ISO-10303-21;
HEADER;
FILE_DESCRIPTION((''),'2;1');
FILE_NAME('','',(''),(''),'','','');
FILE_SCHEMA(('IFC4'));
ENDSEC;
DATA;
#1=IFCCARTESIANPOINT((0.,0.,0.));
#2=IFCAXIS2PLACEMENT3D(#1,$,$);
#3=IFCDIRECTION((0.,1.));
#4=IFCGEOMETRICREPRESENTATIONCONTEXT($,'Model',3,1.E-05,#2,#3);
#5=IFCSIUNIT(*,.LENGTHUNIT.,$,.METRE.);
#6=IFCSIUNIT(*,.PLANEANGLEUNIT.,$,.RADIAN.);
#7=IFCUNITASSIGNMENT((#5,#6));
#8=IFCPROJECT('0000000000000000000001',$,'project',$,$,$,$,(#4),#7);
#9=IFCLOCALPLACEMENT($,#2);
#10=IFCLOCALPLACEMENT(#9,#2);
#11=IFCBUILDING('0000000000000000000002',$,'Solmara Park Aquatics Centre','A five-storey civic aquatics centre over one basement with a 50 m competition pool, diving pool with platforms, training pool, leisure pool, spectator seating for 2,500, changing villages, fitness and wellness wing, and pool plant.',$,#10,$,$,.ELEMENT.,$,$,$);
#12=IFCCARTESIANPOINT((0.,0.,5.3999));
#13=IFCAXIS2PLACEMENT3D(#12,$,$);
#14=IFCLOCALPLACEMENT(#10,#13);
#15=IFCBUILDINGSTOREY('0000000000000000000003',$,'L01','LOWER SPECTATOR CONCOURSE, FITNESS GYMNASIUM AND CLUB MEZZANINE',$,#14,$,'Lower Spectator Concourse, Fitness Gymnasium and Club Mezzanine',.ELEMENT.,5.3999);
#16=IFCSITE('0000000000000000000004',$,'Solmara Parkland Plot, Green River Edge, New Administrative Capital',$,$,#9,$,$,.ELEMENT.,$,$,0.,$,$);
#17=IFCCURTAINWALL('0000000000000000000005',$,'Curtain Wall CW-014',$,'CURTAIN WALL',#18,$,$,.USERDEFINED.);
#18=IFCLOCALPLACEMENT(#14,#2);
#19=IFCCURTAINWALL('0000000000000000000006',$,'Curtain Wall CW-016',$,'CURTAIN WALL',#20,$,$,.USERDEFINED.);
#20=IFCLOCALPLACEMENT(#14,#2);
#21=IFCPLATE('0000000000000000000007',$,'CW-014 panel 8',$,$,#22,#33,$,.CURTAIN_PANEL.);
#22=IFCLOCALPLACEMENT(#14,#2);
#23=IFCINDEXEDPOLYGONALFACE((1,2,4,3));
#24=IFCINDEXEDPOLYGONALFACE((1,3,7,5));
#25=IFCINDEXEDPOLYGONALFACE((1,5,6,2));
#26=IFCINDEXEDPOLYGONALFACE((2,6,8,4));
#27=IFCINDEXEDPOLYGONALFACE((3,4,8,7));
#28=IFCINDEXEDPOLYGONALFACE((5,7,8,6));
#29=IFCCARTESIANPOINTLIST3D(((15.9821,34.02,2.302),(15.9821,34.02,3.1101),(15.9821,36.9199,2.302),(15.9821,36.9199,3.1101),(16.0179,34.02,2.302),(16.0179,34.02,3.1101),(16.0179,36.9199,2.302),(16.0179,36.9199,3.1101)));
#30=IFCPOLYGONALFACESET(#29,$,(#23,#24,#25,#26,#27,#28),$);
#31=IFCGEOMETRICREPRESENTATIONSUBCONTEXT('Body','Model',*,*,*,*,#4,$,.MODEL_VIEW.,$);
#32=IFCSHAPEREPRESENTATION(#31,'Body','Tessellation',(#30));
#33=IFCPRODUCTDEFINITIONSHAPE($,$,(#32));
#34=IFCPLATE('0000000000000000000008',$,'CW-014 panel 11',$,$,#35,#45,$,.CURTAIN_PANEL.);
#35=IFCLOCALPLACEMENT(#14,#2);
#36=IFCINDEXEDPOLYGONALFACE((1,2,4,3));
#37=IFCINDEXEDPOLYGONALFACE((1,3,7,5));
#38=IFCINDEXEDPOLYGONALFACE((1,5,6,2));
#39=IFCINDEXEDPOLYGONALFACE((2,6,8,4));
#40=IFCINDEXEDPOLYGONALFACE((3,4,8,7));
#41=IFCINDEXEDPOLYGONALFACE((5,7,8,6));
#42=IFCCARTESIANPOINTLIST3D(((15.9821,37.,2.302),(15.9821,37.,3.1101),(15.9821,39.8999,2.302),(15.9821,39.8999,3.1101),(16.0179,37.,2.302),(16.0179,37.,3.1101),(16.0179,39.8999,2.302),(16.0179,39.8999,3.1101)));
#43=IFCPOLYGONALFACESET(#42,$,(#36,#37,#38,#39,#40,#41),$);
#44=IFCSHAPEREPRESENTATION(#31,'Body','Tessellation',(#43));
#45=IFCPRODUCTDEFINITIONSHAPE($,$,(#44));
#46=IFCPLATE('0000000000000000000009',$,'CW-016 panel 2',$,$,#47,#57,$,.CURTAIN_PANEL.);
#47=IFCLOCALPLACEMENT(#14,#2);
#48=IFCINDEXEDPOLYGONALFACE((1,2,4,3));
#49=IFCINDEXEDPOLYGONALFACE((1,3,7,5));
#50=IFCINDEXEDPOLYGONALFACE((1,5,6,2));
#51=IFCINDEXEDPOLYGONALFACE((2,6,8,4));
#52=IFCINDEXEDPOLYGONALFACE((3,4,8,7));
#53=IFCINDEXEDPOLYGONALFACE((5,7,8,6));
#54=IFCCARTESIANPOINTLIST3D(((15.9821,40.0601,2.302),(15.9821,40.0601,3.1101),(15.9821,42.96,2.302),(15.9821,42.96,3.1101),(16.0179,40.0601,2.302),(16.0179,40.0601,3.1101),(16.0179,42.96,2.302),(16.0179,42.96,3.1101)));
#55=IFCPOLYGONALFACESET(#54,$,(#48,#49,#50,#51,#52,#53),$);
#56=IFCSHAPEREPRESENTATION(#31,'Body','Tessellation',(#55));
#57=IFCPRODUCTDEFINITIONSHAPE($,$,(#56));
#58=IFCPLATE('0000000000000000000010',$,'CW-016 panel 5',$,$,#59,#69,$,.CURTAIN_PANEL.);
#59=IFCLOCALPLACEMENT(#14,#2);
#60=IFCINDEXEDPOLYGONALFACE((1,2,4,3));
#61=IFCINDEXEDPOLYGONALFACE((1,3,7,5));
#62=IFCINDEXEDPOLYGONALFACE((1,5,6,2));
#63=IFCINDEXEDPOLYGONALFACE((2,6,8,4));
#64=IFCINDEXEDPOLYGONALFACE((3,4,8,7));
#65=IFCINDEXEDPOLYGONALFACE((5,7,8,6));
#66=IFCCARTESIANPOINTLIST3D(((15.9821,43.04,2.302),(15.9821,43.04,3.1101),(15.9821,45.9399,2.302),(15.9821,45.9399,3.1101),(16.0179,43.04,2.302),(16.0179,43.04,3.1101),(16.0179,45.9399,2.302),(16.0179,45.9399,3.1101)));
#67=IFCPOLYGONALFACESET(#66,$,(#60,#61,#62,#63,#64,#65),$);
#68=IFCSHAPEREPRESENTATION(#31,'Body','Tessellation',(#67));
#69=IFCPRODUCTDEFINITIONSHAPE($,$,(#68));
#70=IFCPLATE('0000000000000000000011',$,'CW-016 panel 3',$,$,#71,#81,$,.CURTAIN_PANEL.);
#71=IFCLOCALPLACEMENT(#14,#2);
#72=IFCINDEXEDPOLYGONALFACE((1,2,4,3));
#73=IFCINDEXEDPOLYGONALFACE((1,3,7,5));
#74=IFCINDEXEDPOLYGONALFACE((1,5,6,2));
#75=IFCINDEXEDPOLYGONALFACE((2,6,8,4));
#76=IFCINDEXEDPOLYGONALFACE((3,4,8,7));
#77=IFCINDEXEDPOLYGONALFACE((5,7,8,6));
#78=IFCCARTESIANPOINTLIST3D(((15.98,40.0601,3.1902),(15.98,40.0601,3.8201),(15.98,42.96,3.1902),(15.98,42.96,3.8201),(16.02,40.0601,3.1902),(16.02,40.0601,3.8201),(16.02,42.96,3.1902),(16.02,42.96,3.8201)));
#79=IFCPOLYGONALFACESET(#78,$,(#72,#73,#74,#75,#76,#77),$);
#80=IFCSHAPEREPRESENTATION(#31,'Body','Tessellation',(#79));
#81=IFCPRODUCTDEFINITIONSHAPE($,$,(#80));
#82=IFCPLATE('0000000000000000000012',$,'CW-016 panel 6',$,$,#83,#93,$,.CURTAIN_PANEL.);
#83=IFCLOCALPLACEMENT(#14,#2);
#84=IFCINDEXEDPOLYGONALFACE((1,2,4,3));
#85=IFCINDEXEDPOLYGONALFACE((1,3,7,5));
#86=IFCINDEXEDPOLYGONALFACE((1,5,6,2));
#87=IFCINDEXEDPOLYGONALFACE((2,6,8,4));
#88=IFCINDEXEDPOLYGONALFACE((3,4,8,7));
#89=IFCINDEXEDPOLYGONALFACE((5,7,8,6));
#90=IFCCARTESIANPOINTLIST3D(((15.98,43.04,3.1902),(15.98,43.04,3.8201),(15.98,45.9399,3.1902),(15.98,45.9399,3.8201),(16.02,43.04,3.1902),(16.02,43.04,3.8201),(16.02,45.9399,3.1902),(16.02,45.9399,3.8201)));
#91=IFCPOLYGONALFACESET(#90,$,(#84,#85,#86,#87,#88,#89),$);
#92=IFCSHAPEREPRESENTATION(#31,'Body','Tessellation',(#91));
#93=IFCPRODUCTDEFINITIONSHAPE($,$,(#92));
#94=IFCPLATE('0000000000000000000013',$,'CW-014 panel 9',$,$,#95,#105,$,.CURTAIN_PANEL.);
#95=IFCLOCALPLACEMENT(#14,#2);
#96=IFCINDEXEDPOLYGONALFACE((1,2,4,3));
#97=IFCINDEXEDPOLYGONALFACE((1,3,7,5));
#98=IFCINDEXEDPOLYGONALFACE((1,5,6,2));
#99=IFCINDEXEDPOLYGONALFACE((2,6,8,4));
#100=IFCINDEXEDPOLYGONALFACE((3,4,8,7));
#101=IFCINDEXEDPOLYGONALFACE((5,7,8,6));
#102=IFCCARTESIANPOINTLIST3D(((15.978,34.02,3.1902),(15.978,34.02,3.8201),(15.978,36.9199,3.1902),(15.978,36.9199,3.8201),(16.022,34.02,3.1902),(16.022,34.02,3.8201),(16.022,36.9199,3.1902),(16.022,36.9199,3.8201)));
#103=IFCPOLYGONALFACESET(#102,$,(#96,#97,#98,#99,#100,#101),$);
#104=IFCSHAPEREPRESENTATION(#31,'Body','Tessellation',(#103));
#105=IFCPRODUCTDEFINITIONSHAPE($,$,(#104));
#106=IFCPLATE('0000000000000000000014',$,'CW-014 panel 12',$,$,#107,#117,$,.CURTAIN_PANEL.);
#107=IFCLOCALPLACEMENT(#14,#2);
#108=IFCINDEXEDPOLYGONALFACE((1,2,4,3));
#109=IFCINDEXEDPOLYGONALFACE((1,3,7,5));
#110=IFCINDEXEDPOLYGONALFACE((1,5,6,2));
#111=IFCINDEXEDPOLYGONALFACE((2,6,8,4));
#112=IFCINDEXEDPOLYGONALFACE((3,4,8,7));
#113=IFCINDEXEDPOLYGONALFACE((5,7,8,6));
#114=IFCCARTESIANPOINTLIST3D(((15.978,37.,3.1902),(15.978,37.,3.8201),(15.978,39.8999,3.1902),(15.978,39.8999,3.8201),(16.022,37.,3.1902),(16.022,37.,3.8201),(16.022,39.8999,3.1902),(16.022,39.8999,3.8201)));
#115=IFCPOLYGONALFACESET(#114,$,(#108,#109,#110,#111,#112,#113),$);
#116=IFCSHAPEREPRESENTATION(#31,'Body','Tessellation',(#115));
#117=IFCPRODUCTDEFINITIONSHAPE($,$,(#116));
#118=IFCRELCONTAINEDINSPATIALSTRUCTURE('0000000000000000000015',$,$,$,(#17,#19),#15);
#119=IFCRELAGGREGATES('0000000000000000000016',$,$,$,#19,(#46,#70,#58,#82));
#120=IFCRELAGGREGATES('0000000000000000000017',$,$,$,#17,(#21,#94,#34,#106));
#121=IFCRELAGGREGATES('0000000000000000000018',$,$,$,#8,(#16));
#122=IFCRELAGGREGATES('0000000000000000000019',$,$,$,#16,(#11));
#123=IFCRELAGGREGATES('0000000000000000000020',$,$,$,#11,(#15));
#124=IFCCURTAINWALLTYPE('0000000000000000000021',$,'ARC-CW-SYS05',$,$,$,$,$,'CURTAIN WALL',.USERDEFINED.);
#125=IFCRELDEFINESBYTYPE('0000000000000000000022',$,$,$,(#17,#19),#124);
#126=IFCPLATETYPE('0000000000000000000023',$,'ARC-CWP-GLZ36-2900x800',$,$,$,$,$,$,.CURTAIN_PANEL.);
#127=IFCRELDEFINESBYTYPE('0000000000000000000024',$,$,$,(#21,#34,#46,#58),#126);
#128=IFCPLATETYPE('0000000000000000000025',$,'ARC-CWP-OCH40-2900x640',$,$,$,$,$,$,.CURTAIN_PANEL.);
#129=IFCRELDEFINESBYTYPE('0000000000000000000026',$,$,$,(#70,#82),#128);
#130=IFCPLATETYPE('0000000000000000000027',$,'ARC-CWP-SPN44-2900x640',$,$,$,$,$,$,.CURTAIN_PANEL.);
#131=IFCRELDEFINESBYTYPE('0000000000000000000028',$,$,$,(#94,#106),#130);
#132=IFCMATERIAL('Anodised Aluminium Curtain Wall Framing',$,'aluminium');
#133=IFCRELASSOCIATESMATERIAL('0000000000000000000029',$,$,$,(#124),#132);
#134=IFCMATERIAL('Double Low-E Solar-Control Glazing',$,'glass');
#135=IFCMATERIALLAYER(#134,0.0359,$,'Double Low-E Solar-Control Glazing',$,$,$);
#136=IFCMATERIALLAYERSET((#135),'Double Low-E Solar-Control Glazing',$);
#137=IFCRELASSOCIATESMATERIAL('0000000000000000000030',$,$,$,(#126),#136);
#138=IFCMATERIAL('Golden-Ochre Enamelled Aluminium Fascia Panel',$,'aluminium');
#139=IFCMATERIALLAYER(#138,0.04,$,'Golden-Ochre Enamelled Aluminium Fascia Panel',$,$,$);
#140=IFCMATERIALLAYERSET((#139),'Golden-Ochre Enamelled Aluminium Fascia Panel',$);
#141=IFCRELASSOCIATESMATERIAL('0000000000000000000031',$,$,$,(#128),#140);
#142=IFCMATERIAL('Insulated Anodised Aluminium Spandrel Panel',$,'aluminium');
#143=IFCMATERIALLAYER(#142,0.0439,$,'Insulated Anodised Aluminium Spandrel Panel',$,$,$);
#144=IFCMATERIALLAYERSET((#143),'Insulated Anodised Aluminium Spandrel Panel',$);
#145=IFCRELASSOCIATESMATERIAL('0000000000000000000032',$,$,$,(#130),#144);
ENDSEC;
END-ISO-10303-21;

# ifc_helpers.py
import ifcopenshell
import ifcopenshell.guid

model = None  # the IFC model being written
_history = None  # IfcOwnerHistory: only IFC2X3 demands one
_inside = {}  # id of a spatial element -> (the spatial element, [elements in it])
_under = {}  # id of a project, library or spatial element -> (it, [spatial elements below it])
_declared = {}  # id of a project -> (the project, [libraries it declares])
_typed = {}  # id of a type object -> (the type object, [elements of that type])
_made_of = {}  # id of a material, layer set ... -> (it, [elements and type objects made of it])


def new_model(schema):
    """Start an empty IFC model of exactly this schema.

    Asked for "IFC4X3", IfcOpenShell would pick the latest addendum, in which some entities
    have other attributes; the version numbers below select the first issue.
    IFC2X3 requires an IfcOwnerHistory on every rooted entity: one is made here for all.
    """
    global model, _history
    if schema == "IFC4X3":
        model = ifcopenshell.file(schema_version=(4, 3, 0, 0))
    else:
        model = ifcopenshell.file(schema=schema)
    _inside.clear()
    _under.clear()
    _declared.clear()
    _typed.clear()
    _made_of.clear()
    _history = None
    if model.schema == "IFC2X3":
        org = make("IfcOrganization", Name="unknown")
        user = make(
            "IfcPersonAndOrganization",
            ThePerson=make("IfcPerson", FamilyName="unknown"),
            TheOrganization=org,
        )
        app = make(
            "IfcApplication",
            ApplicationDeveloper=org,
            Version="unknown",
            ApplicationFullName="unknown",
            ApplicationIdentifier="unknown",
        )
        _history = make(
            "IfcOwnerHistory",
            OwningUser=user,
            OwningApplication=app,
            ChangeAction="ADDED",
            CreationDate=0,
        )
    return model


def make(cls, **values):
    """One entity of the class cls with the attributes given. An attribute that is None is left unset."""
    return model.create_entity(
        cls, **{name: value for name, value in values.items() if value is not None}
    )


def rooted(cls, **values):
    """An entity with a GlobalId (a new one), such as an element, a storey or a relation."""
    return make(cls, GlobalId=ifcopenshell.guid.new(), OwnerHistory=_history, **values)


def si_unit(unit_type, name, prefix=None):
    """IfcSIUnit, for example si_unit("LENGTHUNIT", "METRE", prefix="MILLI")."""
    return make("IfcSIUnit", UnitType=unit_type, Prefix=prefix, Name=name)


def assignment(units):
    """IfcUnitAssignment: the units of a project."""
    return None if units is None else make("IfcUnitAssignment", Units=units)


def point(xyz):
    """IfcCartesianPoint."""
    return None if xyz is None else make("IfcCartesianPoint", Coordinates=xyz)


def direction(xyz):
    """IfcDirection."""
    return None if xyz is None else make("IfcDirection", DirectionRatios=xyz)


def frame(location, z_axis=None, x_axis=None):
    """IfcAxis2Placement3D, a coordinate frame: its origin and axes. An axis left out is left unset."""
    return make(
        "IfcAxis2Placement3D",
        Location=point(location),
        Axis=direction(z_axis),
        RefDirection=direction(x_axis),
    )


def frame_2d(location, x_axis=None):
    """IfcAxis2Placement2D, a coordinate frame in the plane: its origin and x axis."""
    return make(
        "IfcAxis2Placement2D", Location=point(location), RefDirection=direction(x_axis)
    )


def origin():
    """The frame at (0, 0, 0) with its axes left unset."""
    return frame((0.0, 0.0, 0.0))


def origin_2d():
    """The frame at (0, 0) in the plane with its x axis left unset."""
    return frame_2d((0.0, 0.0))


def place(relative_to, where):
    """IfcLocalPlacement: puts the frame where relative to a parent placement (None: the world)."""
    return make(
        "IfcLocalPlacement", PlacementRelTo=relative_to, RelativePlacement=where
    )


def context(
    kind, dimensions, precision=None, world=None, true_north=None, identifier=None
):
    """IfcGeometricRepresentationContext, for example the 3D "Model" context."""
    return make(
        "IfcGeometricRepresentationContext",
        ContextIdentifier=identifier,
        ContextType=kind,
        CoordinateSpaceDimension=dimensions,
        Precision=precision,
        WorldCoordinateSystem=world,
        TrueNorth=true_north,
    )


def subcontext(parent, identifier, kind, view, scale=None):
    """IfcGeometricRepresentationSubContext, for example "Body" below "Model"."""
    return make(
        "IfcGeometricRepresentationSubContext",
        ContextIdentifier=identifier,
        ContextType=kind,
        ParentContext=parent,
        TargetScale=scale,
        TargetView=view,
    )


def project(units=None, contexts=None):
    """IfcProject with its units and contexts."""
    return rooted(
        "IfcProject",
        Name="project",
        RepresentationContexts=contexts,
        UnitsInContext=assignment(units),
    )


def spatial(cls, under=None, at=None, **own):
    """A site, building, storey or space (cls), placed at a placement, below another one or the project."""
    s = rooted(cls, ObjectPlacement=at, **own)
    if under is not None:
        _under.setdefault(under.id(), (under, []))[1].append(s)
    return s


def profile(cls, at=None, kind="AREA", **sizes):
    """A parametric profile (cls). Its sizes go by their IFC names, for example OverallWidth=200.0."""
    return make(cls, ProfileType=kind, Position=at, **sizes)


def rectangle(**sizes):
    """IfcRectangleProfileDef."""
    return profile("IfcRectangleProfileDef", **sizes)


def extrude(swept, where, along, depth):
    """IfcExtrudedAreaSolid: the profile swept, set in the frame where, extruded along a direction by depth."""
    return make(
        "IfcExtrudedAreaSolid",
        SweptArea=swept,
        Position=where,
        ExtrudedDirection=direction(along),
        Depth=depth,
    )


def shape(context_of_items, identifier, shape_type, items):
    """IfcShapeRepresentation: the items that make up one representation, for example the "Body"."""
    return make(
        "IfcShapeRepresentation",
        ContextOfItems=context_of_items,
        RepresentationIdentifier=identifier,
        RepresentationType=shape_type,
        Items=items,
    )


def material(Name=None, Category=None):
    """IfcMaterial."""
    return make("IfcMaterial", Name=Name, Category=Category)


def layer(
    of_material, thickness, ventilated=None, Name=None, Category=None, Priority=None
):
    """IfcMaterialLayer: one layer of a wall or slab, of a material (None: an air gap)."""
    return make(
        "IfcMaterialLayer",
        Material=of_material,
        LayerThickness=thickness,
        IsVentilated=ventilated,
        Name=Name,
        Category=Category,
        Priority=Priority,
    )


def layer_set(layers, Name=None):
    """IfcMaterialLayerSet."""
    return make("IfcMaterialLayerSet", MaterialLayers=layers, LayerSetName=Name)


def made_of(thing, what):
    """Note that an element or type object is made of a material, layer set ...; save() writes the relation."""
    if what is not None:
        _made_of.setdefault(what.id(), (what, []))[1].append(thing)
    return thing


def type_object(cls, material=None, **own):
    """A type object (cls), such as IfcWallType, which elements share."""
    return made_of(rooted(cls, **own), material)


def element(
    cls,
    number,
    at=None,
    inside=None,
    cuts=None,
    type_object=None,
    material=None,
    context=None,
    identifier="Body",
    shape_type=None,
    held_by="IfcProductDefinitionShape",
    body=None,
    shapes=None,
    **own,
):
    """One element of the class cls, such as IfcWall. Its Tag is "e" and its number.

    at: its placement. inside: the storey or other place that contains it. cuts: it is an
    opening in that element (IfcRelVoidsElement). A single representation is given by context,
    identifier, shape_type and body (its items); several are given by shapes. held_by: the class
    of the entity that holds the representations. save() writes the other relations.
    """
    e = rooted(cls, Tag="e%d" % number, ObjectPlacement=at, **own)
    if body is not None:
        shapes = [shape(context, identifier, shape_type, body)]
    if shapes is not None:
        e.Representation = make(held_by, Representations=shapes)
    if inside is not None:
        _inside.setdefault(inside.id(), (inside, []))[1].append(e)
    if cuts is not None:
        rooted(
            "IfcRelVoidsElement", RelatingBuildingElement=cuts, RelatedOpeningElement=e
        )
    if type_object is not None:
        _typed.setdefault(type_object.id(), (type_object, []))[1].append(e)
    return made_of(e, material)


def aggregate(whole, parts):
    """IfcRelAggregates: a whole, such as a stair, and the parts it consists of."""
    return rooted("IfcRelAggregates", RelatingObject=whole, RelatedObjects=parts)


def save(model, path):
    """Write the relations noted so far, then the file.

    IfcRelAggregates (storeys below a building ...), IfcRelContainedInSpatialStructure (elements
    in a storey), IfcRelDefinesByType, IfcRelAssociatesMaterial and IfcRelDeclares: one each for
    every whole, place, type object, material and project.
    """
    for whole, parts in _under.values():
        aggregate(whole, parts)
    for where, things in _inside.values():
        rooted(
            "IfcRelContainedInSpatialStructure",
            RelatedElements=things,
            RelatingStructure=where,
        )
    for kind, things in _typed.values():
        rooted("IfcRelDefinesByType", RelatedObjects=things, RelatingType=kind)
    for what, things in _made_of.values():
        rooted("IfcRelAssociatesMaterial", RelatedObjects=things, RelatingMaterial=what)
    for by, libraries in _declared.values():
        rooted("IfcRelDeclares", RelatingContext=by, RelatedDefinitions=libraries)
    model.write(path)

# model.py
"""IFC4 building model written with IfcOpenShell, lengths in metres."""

from ifc_helpers import new_model, si_unit, direction, frame, origin, origin_2d, place, context, subcontext, project, spatial, rectangle, extrude, material, layer, layer_set, type_object, element, aggregate, save


model = new_model("IFC4")

# Units and contexts
model_context = context("Model", 3, precision=1e-05, world=origin(), true_north=direction((0.0, 1.0)))
body_context = subcontext(model_context, "Body", "Model", "MODEL_VIEW")
ifc_project = project(units=[si_unit("LENGTHUNIT", "METRE"), si_unit("PLANEANGLEUNIT", "RADIAN")], contexts=[model_context])

# Site, building, storey
site_placement = place(None, origin())
site = spatial("IfcSite", under=ifc_project, at=site_placement, Name="Solmara Parkland Plot, Green River Edge, New Administrative Capital", CompositionType="ELEMENT", RefElevation=0.0)
building_placement = place(site_placement, origin())
building = spatial("IfcBuilding", under=site, at=building_placement, Name="Solmara Park Aquatics Centre", Description="A five-storey civic aquatics centre over one basement with a 50 m competition pool, diving pool with platforms, training pool, leisure pool, spectator seating for 2,500, changing villages, fitness and wellness wing, and pool plant.", CompositionType="ELEMENT")
storey_placement = place(building_placement, frame((0.0, 0.0, 5.3999)))
storey = spatial("IfcBuildingStorey", under=building, at=storey_placement, Name="L01", Description="LOWER SPECTATOR CONCOURSE, FITNESS GYMNASIUM AND CLUB MEZZANINE", LongName="Lower Spectator Concourse, Fitness Gymnasium and Club Mezzanine", CompositionType="ELEMENT", Elevation=5.3999)

# Curtain walls
ifc_material_1 = material(Name="Anodised Aluminium Curtain Wall Framing", Category="aluminium")
curtain_wall_type = type_object("IfcCurtainWallType", Name="ARC-CW-SYS05", ElementType="CURTAIN WALL", PredefinedType="USERDEFINED", material=ifc_material_1)
curtain_wall_1_placement = place(storey_placement, origin())
curtain_wall_1 = element("IfcCurtainWall", 1, at=curtain_wall_1_placement, inside=storey, type_object=curtain_wall_type, Name="Curtain Wall CW-014", ObjectType="CURTAIN WALL", PredefinedType="USERDEFINED")
curtain_wall_2_placement = place(storey_placement, origin())
curtain_wall_2 = element("IfcCurtainWall", 2, at=curtain_wall_2_placement, inside=storey, type_object=curtain_wall_type, Name="Curtain Wall CW-016", ObjectType="CURTAIN WALL", PredefinedType="USERDEFINED")

# Plates
ifc_material_2 = material(Name="Double Low-E Solar-Control Glazing", Category="glass")
ifc_layer_1 = layer(ifc_material_2, 0.0359, Name="Double Low-E Solar-Control Glazing")
ifc_layer_set_1 = layer_set([ifc_layer_1], Name="Double Low-E Solar-Control Glazing")
plate_type_1 = type_object("IfcPlateType", Name="ARC-CWP-GLZ36-2900x800", PredefinedType="CURTAIN_PANEL", material=ifc_layer_set_1)
plate_1_placement = place(storey_placement, frame((16.0, 35.47, 2.302), z_axis=(0.0, 0.0, 1.0), x_axis=(0.0, 1.0, 0.0)))
plate_1 = element("IfcPlate", 3, at=plate_1_placement, type_object=plate_type_1, Name="CW-014 panel 8", PredefinedType="CURTAIN_PANEL", context=body_context, shape_type="SweptSolid", body=[
    extrude(rectangle(XDim=2.8999, YDim=0.0359, at=origin_2d()), origin(), (0.0, 0.0, 1.0), 0.8081),
])
plate_2_placement = place(storey_placement, frame((16.0, 38.45, 2.302), z_axis=(0.0, 0.0, 1.0), x_axis=(0.0, 1.0, 0.0)))
plate_2 = element("IfcPlate", 4, at=plate_2_placement, type_object=plate_type_1, Name="CW-014 panel 11", PredefinedType="CURTAIN_PANEL", context=body_context, shape_type="SweptSolid", body=[
    extrude(rectangle(XDim=2.8999, YDim=0.0359, at=origin_2d()), origin(), (0.0, 0.0, 1.0), 0.8081),
])
plate_3_placement = place(storey_placement, frame((16.0, 41.51, 2.302), z_axis=(0.0, 0.0, 1.0), x_axis=(0.0, 1.0, 0.0)))
plate_3 = element("IfcPlate", 5, at=plate_3_placement, type_object=plate_type_1, Name="CW-016 panel 2", PredefinedType="CURTAIN_PANEL", context=body_context, shape_type="SweptSolid", body=[
    extrude(rectangle(XDim=2.8999, YDim=0.0359, at=origin_2d()), origin(), (0.0, 0.0, 1.0), 0.8081),
])
plate_4_placement = place(storey_placement, frame((16.0, 44.49, 2.302), z_axis=(0.0, 0.0, 1.0), x_axis=(0.0, 1.0, 0.0)))
plate_4 = element("IfcPlate", 6, at=plate_4_placement, type_object=plate_type_1, Name="CW-016 panel 5", PredefinedType="CURTAIN_PANEL", context=body_context, shape_type="SweptSolid", body=[
    extrude(rectangle(XDim=2.8999, YDim=0.0359, at=origin_2d()), origin(), (0.0, 0.0, 1.0), 0.8081),
])
ifc_material_3 = material(Name="Golden-Ochre Enamelled Aluminium Fascia Panel", Category="aluminium")
ifc_layer_2 = layer(ifc_material_3, 0.04, Name="Golden-Ochre Enamelled Aluminium Fascia Panel")
ifc_layer_set_2 = layer_set([ifc_layer_2], Name="Golden-Ochre Enamelled Aluminium Fascia Panel")
plate_type_2 = type_object("IfcPlateType", Name="ARC-CWP-OCH40-2900x640", PredefinedType="CURTAIN_PANEL", material=ifc_layer_set_2)
plate_5_placement = place(storey_placement, frame((16.0, 41.51, 3.1902), z_axis=(0.0, 0.0, 1.0), x_axis=(0.0, 1.0, 0.0)))
plate_5 = element("IfcPlate", 7, at=plate_5_placement, type_object=plate_type_2, Name="CW-016 panel 3", PredefinedType="CURTAIN_PANEL", context=body_context, shape_type="SweptSolid", body=[
    extrude(rectangle(XDim=2.8999, YDim=0.04, at=origin_2d()), origin(), (0.0, 0.0, 1.0), 0.6299),
])
plate_6_placement = place(storey_placement, frame((16.0, 44.49, 3.1902), z_axis=(0.0, 0.0, 1.0), x_axis=(0.0, 1.0, 0.0)))
plate_6 = element("IfcPlate", 8, at=plate_6_placement, type_object=plate_type_2, Name="CW-016 panel 6", PredefinedType="CURTAIN_PANEL", context=body_context, shape_type="SweptSolid", body=[
    extrude(rectangle(XDim=2.8999, YDim=0.04, at=origin_2d()), origin(), (0.0, 0.0, 1.0), 0.6299),
])
aggregate(curtain_wall_2, [plate_3, plate_5, plate_4, plate_6])
ifc_material_4 = material(Name="Insulated Anodised Aluminium Spandrel Panel", Category="aluminium")
ifc_layer_3 = layer(ifc_material_4, 0.0439, Name="Insulated Anodised Aluminium Spandrel Panel")
ifc_layer_set_3 = layer_set([ifc_layer_3], Name="Insulated Anodised Aluminium Spandrel Panel")
plate_type_3 = type_object("IfcPlateType", Name="ARC-CWP-SPN44-2900x640", PredefinedType="CURTAIN_PANEL", material=ifc_layer_set_3)
plate_7_placement = place(storey_placement, frame((16.0, 35.47, 3.1902), z_axis=(0.0, 0.0, 1.0), x_axis=(0.0, 1.0, 0.0)))
plate_7 = element("IfcPlate", 9, at=plate_7_placement, type_object=plate_type_3, Name="CW-014 panel 9", PredefinedType="CURTAIN_PANEL", context=body_context, shape_type="SweptSolid", body=[
    extrude(rectangle(XDim=2.8999, YDim=0.0439, at=origin_2d()), origin(), (0.0, 0.0, 1.0), 0.6299),
])
plate_8_placement = place(storey_placement, frame((16.0, 38.45, 3.1902), z_axis=(0.0, 0.0, 1.0), x_axis=(0.0, 1.0, 0.0)))
plate_8 = element("IfcPlate", 10, at=plate_8_placement, type_object=plate_type_3, Name="CW-014 panel 12", PredefinedType="CURTAIN_PANEL", context=body_context, shape_type="SweptSolid", body=[
    extrude(rectangle(XDim=2.8999, YDim=0.0439, at=origin_2d()), origin(), (0.0, 0.0, 1.0), 0.6299),
])
aggregate(curtain_wall_1, [plate_1, plate_7, plate_2, plate_8])

save(model, "model.ifc")
